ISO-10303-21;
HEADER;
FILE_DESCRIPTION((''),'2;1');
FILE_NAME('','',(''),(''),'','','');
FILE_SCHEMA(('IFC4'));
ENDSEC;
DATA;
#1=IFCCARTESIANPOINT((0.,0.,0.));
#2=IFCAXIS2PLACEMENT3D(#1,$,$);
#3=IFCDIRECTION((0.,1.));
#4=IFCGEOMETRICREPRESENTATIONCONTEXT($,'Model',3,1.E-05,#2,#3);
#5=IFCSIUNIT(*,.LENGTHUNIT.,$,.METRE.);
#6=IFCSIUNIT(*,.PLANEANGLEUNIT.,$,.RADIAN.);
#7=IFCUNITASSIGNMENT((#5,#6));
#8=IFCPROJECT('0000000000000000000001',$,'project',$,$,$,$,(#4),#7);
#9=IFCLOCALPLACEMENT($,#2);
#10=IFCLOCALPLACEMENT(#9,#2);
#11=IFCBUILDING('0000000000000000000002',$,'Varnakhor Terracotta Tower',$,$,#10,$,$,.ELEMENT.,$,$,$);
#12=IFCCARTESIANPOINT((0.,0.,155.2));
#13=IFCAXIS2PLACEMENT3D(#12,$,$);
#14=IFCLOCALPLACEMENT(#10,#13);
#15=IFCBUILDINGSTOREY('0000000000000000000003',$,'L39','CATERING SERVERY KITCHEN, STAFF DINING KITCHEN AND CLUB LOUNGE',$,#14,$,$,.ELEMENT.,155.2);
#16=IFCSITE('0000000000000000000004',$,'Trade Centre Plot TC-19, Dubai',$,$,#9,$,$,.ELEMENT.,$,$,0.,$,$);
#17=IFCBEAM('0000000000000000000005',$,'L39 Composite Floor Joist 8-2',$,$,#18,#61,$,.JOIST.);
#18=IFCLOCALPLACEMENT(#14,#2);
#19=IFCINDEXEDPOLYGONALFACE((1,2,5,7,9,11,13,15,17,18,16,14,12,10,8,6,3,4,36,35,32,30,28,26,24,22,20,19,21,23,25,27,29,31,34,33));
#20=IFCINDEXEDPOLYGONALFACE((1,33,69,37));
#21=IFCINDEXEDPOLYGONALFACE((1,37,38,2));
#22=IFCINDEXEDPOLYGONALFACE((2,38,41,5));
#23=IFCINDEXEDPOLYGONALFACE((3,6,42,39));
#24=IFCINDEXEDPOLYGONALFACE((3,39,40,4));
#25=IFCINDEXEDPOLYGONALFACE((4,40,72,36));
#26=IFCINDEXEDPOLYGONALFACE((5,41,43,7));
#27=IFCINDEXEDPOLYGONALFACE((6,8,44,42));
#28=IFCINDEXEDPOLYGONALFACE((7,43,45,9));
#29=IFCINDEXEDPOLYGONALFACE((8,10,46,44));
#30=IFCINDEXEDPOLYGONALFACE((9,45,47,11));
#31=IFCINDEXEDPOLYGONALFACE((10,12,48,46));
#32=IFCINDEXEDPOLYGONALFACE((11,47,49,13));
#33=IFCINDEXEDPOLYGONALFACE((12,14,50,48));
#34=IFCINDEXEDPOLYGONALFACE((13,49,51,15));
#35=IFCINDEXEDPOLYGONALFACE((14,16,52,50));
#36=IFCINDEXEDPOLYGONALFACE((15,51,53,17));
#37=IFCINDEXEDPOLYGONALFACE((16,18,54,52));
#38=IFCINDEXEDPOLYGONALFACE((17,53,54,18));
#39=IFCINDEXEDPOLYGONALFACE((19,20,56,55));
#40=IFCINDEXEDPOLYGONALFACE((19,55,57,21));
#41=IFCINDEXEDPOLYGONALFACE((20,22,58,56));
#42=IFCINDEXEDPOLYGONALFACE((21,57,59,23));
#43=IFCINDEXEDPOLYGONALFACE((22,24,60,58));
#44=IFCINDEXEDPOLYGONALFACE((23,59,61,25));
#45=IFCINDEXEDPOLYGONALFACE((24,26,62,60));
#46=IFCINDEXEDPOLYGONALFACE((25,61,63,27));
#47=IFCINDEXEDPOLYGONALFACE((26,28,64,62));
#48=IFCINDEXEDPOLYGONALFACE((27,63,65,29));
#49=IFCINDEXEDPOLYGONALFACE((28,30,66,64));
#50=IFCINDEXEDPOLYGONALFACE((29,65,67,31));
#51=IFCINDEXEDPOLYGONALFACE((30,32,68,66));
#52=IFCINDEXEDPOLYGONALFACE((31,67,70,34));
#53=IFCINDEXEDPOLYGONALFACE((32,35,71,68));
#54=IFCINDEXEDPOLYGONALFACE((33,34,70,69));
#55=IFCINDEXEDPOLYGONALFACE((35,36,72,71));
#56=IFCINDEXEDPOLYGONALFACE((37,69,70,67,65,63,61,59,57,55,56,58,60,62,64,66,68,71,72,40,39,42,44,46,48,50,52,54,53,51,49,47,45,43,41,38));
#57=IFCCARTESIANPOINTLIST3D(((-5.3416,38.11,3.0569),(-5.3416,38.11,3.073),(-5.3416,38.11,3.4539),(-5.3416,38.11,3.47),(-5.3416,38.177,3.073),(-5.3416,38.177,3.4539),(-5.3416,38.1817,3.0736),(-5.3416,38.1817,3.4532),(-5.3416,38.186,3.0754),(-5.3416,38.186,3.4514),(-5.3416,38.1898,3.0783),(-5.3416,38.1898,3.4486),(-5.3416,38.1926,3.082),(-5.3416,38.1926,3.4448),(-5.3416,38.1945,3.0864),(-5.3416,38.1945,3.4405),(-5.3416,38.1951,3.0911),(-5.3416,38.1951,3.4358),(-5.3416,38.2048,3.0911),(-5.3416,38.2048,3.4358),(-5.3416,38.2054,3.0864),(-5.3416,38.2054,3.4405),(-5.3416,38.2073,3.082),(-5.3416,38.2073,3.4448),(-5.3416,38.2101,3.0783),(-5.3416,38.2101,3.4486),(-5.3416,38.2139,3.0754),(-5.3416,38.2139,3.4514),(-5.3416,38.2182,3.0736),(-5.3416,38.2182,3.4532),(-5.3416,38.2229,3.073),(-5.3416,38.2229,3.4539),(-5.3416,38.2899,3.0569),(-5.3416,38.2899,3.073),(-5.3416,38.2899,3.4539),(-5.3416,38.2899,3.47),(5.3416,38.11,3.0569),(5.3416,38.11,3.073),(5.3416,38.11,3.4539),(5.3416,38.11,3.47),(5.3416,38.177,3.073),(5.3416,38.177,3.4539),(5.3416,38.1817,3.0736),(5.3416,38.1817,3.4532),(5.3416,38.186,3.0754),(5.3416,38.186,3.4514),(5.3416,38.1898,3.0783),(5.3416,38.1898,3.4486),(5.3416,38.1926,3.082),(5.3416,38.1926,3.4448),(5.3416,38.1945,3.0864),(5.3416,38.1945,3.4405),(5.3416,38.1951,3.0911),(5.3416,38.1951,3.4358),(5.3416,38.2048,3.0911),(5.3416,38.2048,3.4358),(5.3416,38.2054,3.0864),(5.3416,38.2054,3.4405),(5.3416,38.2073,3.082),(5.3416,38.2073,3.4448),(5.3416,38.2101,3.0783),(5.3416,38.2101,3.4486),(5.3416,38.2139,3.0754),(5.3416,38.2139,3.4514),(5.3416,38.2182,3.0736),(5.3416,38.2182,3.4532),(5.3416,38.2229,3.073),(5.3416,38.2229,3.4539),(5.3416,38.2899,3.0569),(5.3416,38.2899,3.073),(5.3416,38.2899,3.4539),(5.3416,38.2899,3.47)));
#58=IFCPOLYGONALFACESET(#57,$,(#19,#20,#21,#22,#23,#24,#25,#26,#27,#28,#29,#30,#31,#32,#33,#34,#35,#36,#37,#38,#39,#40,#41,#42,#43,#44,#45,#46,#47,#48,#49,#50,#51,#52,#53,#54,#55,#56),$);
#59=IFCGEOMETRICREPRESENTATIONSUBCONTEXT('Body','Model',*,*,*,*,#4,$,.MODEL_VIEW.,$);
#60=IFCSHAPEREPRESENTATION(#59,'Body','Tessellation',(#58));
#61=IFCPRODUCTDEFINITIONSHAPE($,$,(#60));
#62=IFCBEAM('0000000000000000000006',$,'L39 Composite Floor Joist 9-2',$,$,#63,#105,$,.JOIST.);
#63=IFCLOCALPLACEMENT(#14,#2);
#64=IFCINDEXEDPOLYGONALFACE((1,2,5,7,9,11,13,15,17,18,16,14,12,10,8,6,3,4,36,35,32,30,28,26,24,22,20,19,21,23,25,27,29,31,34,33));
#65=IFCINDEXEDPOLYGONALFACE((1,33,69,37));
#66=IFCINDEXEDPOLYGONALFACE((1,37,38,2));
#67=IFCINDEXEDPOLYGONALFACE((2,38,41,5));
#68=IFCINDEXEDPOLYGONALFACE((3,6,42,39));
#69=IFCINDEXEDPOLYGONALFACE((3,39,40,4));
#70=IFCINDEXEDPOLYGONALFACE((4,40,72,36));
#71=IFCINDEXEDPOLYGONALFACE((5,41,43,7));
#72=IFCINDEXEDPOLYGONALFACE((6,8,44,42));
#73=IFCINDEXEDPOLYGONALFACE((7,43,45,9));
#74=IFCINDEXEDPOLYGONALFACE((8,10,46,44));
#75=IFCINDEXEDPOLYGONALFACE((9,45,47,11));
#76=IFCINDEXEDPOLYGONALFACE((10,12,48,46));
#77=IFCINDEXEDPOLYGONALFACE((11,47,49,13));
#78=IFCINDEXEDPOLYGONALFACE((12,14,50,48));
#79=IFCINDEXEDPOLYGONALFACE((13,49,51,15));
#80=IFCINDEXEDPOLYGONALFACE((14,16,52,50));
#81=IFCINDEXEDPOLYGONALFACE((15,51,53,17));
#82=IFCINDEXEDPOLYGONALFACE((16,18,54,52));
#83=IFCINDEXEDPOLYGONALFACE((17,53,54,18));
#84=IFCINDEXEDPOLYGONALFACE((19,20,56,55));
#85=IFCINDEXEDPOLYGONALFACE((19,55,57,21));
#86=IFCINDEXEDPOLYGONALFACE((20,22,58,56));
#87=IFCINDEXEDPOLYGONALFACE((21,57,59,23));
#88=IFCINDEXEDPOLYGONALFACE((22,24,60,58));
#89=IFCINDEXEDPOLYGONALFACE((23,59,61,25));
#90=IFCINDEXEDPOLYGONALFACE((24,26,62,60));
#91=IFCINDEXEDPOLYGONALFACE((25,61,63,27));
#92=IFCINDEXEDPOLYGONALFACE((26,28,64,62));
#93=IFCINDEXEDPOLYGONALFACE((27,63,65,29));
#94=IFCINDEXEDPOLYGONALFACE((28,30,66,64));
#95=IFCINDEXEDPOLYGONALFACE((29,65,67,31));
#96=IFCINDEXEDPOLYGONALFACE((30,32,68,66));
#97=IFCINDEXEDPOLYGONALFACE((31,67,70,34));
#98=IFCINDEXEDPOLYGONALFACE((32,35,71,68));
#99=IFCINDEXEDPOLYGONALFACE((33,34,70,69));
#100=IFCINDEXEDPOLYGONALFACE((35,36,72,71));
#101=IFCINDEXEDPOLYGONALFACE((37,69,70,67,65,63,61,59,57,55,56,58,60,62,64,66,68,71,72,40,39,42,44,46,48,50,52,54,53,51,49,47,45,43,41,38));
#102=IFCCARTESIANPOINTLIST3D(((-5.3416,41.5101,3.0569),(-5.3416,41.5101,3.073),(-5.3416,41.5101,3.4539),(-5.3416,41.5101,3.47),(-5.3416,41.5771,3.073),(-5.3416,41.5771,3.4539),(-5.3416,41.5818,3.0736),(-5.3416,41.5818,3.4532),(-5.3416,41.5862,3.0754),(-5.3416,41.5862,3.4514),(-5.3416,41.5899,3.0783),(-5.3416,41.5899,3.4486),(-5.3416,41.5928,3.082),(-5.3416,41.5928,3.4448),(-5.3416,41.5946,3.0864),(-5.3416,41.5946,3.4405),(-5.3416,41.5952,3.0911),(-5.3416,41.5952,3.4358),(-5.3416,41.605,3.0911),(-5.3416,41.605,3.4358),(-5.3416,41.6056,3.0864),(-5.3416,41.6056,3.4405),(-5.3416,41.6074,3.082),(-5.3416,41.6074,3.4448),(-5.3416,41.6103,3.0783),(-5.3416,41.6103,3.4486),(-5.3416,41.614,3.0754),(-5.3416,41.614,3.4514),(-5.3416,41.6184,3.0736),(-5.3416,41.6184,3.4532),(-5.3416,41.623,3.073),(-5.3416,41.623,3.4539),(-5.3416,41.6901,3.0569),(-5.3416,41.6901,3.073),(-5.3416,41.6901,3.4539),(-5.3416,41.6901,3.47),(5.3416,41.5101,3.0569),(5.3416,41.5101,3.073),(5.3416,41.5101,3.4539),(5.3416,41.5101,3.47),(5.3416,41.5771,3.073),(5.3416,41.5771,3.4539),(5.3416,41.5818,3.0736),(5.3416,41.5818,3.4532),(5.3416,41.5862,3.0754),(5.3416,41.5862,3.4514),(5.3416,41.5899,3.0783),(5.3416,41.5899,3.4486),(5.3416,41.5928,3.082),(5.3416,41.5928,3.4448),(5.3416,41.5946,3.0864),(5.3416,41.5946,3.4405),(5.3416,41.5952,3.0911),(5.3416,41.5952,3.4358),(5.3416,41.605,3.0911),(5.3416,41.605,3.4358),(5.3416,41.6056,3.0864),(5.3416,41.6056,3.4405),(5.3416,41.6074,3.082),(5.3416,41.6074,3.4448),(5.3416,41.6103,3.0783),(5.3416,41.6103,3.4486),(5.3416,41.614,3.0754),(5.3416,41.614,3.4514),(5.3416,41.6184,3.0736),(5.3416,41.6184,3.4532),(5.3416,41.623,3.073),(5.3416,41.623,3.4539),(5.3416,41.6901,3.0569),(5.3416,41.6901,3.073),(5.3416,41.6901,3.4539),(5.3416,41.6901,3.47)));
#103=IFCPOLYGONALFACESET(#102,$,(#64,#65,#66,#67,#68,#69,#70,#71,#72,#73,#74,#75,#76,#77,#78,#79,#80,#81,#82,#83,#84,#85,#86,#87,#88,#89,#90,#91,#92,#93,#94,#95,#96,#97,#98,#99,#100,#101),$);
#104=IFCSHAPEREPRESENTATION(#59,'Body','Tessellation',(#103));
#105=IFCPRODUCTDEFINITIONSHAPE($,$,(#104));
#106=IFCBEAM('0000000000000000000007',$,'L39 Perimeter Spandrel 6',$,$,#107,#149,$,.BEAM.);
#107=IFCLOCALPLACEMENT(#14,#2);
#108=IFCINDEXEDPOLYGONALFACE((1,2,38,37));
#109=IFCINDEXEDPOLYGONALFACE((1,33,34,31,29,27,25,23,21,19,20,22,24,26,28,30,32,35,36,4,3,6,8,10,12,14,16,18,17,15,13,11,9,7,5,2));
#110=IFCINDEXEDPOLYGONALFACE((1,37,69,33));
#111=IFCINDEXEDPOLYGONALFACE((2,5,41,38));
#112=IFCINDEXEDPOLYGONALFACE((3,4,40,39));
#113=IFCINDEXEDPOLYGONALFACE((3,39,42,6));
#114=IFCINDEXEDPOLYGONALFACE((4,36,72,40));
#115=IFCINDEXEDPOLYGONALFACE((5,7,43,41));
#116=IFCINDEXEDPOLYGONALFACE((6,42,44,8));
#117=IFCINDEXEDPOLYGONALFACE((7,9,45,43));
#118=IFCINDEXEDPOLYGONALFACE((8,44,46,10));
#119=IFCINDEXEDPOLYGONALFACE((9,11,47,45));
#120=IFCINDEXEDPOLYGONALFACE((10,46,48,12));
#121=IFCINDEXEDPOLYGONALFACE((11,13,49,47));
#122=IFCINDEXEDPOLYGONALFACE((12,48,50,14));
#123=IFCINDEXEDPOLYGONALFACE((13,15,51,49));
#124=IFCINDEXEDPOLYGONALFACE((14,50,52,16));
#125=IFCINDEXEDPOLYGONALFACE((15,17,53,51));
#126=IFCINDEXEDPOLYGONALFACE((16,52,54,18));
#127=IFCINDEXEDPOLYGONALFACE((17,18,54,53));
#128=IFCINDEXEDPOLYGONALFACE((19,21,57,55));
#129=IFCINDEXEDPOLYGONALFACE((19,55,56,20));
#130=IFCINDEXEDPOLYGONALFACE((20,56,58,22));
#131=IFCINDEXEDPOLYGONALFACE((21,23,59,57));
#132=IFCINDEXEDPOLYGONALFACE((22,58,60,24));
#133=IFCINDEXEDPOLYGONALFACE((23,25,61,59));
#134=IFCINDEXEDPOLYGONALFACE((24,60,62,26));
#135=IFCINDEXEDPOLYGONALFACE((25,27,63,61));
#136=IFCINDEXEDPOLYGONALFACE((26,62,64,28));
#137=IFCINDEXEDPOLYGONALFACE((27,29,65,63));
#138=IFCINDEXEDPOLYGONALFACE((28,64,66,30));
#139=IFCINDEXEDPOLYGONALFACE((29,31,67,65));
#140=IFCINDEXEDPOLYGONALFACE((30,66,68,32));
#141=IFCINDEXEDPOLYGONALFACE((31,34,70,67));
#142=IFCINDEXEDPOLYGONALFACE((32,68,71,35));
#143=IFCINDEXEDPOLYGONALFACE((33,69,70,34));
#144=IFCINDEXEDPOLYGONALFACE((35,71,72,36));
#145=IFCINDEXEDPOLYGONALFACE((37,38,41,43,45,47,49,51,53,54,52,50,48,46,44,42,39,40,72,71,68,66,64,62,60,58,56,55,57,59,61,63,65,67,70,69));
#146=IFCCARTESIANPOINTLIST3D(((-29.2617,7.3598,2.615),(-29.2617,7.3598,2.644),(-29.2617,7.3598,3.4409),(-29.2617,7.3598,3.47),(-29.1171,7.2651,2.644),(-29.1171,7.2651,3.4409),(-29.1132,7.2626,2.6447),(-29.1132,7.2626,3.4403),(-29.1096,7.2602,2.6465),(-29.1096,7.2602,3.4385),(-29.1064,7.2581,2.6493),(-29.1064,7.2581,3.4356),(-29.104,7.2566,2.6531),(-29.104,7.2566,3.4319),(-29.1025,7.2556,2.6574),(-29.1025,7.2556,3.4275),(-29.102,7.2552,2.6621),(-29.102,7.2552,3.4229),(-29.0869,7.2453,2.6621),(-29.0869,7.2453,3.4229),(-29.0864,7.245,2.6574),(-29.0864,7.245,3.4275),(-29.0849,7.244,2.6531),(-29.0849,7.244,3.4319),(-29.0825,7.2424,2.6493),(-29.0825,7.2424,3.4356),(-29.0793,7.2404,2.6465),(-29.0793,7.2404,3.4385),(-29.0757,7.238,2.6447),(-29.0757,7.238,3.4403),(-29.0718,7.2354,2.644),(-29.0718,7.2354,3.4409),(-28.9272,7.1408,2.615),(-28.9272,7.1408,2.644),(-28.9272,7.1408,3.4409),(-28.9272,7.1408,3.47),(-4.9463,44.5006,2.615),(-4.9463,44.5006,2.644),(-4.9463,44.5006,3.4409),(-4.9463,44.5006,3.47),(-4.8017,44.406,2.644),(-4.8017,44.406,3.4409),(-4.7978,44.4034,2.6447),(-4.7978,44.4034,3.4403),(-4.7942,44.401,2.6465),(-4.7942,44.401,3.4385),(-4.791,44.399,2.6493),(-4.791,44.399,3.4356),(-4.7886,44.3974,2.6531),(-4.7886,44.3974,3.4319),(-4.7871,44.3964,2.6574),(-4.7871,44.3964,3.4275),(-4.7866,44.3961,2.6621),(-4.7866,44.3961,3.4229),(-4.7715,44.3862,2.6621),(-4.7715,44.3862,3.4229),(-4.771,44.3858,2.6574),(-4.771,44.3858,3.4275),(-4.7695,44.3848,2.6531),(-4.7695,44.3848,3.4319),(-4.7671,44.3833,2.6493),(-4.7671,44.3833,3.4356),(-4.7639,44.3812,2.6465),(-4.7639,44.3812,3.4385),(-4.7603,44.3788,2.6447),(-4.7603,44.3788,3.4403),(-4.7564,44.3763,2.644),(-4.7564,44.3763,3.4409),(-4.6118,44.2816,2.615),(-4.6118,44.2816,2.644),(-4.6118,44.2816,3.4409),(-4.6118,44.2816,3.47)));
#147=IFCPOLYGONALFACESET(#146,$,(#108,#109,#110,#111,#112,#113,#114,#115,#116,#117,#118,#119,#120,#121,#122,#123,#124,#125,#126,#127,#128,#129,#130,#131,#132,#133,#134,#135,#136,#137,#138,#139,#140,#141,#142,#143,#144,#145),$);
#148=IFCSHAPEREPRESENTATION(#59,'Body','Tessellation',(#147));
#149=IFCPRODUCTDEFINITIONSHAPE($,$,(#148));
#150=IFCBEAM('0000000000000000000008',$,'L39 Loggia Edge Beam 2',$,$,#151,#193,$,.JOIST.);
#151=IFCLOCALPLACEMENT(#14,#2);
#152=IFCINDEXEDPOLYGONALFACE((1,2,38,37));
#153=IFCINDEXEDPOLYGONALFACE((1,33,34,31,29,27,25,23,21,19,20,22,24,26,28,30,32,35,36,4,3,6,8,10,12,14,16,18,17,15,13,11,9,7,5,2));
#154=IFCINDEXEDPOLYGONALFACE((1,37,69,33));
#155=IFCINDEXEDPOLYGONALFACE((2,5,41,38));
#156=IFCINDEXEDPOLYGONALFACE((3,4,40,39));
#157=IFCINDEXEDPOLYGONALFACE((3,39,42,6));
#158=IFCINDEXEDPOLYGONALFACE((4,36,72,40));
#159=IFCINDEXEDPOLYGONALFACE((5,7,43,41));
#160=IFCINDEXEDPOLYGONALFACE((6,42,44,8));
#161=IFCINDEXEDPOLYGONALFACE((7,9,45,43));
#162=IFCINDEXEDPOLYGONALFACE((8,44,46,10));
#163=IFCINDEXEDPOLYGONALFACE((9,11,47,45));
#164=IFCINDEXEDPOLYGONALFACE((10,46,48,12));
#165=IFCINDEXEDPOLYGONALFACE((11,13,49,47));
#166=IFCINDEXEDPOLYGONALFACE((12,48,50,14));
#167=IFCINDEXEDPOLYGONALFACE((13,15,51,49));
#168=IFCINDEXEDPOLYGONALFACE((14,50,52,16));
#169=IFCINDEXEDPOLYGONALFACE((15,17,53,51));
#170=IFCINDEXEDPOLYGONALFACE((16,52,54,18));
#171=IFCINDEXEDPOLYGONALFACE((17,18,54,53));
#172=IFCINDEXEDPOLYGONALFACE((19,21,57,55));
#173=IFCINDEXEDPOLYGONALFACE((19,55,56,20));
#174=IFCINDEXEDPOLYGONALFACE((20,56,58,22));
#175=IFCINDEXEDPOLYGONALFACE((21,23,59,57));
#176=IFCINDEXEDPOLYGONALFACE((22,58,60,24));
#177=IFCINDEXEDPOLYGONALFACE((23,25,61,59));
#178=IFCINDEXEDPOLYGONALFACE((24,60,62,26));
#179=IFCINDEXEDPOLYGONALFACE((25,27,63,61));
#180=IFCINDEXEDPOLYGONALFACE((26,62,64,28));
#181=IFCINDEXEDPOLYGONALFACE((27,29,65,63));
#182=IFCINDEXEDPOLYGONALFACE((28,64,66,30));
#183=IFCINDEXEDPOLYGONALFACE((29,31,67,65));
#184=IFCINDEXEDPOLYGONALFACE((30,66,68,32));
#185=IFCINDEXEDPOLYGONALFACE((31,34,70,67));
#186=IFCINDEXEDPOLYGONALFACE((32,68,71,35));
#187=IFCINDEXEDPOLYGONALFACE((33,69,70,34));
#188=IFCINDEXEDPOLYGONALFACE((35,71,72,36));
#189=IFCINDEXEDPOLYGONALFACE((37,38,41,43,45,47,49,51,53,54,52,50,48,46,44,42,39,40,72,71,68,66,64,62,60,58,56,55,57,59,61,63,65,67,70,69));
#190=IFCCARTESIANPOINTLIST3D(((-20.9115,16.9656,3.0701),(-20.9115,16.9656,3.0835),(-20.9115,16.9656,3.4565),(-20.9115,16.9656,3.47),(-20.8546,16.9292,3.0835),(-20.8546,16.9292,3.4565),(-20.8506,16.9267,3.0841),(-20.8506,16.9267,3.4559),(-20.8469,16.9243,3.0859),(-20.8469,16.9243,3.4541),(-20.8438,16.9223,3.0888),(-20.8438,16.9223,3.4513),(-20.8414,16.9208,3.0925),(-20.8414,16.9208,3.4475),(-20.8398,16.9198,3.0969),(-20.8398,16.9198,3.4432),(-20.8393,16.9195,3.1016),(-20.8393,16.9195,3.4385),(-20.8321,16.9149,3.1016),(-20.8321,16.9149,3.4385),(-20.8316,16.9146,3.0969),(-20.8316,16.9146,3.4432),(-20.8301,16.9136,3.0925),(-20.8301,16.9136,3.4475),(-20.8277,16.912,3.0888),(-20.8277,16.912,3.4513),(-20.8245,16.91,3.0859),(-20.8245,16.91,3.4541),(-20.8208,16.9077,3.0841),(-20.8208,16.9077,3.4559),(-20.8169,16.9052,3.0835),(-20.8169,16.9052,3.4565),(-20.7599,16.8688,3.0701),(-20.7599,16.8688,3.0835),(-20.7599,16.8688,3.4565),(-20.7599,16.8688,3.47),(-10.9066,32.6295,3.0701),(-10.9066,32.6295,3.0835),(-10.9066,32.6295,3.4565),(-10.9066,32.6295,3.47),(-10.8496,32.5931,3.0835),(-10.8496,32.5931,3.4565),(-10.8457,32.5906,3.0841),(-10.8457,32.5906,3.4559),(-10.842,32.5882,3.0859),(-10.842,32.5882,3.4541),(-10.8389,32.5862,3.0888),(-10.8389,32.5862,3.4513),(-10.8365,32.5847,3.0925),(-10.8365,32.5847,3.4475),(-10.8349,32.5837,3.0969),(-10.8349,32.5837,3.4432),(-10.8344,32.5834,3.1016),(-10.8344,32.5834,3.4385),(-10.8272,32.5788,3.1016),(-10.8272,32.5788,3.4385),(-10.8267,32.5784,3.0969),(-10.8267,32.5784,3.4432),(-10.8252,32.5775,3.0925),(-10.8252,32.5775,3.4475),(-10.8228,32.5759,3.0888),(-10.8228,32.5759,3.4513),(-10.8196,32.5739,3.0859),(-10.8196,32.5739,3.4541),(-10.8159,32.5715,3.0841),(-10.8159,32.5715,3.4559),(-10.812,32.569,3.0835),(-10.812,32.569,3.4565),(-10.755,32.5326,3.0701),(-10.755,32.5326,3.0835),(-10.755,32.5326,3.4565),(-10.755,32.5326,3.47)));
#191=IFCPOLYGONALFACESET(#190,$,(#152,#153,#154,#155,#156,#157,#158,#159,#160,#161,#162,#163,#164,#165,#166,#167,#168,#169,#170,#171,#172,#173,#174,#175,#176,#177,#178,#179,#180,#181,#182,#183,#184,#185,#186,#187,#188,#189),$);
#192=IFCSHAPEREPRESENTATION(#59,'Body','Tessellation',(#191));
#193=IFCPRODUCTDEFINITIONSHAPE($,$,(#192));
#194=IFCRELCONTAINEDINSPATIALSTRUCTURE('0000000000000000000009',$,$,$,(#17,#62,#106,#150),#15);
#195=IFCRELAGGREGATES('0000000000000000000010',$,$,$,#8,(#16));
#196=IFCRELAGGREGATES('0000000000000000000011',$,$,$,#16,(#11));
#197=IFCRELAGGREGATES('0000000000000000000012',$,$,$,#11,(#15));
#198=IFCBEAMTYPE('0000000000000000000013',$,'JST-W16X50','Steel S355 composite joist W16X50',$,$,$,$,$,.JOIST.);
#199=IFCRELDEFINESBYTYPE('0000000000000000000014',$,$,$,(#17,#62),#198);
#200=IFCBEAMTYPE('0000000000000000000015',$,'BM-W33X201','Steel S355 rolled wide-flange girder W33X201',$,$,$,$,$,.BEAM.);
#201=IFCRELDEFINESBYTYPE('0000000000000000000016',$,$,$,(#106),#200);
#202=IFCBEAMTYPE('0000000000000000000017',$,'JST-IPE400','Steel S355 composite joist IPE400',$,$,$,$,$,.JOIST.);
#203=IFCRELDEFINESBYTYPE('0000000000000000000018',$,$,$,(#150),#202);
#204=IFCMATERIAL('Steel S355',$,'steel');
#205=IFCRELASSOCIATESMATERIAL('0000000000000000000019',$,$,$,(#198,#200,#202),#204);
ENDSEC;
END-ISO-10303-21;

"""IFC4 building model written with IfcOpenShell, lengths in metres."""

from ifc_helpers import new_model, si_unit, direction, frame, origin, origin_2d, place, context, subcontext, project, spatial, i_section, extrude, source, transform, mapped, material, material_profile, profile_set, type_object, element, save


model = new_model("IFC4")

# Units and contexts
model_context = context("Model", 3, precision=1e-05, world=origin(), true_north=direction((0.0, 1.0)))
body_context = subcontext(model_context, "Body", "Model", "MODEL_VIEW")
ifc_project = project(units=[si_unit("LENGTHUNIT", "METRE"), si_unit("PLANEANGLEUNIT", "RADIAN")], contexts=[model_context])

# Site, building, storey
site_placement = place(None, origin())
site = spatial("IfcSite", under=ifc_project, at=site_placement, Name="Trade Centre Plot TC-19, Dubai", CompositionType="ELEMENT", RefElevation=0.0)
building_placement = place(site_placement, origin())
building = spatial("IfcBuilding", under=site, at=building_placement, Name="Varnakhor Terracotta Tower", CompositionType="ELEMENT")
storey_placement = place(building_placement, frame((0.0, 0.0, 155.2)))
storey = spatial("IfcBuildingStorey", under=building, at=storey_placement, Name="L39", Description="CATERING SERVERY KITCHEN, STAFF DINING KITCHEN AND CLUB LOUNGE", CompositionType="ELEMENT", Elevation=155.2)

# Beams
ifc_material_1 = material(Name="Steel S355", Category="steel")
ifc_material_profile_1 = material_profile(ifc_material_1, i_section(OverallWidth=0.1799, OverallDepth=0.4131, WebThickness=0.0098, FlangeThickness=0.0161, FilletRadius=0.0181, at=origin_2d()), Name="W16X50")
ifc_profile_set_1 = profile_set([ifc_material_profile_1], Name="Steel S355")
beam_type_1 = type_object("IfcBeamType", Name="JST-W16X50", Description="Steel S355 composite joist W16X50", PredefinedType="JOIST", material=ifc_profile_set_1)
shared_shape_1 = source(origin(), body_context, "Body", "SweptSolid", [
    extrude(i_section(OverallWidth=0.1799, OverallDepth=0.4131, WebThickness=0.0098, FlangeThickness=0.0161, FilletRadius=0.0181, at=origin_2d()), origin(), (0.0, 0.0, 1.0), 10.6831),
])
for number, where, z_axis, x_axis, name in (
    (1, (-5.3416, 38.2, 3.2634), (1.0, 0.0, 0.0), (0.0, 1.0, 0.0), "L39 Composite Floor Joist 8-2"),
    (2, (-5.3416, 41.6001, 3.2634), (1.0, 0.0, 0.0), (0.0, 1.0, 0.0), "L39 Composite Floor Joist 9-2"),
):
    element("IfcBeam", number, at=place(storey_placement, frame(where, z_axis=z_axis, x_axis=x_axis)), inside=storey, type_object=beam_type_1, Name=name, PredefinedType="JOIST", context=body_context, shape_type="MappedRepresentation", body=[
        mapped(shared_shape_1, transform((0.0, 0.0, 0.0), scale=1.0)),
    ])
ifc_material_profile_2 = material_profile(ifc_material_1, i_section(OverallWidth=0.3999, OverallDepth=0.855, WebThickness=0.0181, FlangeThickness=0.0291, FilletRadius=0.0181, at=origin_2d()), Name="W33X201")
ifc_profile_set_2 = profile_set([ifc_material_profile_2], Name="Steel S355")
beam_type_2 = type_object("IfcBeamType", Name="BM-W33X201", Description="Steel S355 rolled wide-flange girder W33X201", PredefinedType="BEAM", material=ifc_profile_set_2)
shared_shape_2 = source(origin(), body_context, "Body", "SweptSolid", [
    extrude(i_section(OverallWidth=0.3999, OverallDepth=0.855, WebThickness=0.0181, FlangeThickness=0.0291, FilletRadius=0.0181, at=origin_2d()), origin(), (0.0, 0.0, 1.0), 44.3923),
])
beam_1_placement = place(storey_placement, frame((-4.7791, 44.3911, 3.0425), z_axis=(-0.547739, -0.836649, 0.0), x_axis=(0.836649, -0.547739, 0.0)))
element("IfcBeam", 3, at=beam_1_placement, inside=storey, type_object=beam_type_2, Name="L39 Perimeter Spandrel 6", PredefinedType="BEAM", context=body_context, shape_type="MappedRepresentation", body=[
    mapped(shared_shape_2, transform((0.0, 0.0, 0.0), scale=1.0)),
])
ifc_material_profile_3 = material_profile(ifc_material_1, i_section(OverallWidth=0.1799, OverallDepth=0.3999, WebThickness=0.0085, FlangeThickness=0.0134, FilletRadius=0.0181, at=origin_2d()), Name="IPE400")
ifc_profile_set_3 = profile_set([ifc_material_profile_3], Name="Steel S355")
beam_type_3 = type_object("IfcBeamType", Name="JST-IPE400", Description="Steel S355 composite joist IPE400", PredefinedType="JOIST", material=ifc_profile_set_3)
shared_shape_3 = source(origin(), body_context, "Body", "SweptSolid", [
    extrude(i_section(OverallWidth=0.1799, OverallDepth=0.3999, WebThickness=0.0085, FlangeThickness=0.0134, FilletRadius=0.0181, at=origin_2d()), origin(), (0.0, 0.0, 1.0), 18.5864),
])
beam_2_placement = place(storey_placement, frame((-10.8308, 32.5811, 3.27), z_axis=(-0.538292, -0.842759, 0.0), x_axis=(0.842759, -0.538292, 0.0)))
element("IfcBeam", 4, at=beam_2_placement, inside=storey, type_object=beam_type_3, Name="L39 Loggia Edge Beam 2", PredefinedType="JOIST", context=body_context, shape_type="MappedRepresentation", body=[
    mapped(shared_shape_3, transform((0.0, 0.0, 0.0), scale=1.0)),
])

save(model, "model.ifc")
